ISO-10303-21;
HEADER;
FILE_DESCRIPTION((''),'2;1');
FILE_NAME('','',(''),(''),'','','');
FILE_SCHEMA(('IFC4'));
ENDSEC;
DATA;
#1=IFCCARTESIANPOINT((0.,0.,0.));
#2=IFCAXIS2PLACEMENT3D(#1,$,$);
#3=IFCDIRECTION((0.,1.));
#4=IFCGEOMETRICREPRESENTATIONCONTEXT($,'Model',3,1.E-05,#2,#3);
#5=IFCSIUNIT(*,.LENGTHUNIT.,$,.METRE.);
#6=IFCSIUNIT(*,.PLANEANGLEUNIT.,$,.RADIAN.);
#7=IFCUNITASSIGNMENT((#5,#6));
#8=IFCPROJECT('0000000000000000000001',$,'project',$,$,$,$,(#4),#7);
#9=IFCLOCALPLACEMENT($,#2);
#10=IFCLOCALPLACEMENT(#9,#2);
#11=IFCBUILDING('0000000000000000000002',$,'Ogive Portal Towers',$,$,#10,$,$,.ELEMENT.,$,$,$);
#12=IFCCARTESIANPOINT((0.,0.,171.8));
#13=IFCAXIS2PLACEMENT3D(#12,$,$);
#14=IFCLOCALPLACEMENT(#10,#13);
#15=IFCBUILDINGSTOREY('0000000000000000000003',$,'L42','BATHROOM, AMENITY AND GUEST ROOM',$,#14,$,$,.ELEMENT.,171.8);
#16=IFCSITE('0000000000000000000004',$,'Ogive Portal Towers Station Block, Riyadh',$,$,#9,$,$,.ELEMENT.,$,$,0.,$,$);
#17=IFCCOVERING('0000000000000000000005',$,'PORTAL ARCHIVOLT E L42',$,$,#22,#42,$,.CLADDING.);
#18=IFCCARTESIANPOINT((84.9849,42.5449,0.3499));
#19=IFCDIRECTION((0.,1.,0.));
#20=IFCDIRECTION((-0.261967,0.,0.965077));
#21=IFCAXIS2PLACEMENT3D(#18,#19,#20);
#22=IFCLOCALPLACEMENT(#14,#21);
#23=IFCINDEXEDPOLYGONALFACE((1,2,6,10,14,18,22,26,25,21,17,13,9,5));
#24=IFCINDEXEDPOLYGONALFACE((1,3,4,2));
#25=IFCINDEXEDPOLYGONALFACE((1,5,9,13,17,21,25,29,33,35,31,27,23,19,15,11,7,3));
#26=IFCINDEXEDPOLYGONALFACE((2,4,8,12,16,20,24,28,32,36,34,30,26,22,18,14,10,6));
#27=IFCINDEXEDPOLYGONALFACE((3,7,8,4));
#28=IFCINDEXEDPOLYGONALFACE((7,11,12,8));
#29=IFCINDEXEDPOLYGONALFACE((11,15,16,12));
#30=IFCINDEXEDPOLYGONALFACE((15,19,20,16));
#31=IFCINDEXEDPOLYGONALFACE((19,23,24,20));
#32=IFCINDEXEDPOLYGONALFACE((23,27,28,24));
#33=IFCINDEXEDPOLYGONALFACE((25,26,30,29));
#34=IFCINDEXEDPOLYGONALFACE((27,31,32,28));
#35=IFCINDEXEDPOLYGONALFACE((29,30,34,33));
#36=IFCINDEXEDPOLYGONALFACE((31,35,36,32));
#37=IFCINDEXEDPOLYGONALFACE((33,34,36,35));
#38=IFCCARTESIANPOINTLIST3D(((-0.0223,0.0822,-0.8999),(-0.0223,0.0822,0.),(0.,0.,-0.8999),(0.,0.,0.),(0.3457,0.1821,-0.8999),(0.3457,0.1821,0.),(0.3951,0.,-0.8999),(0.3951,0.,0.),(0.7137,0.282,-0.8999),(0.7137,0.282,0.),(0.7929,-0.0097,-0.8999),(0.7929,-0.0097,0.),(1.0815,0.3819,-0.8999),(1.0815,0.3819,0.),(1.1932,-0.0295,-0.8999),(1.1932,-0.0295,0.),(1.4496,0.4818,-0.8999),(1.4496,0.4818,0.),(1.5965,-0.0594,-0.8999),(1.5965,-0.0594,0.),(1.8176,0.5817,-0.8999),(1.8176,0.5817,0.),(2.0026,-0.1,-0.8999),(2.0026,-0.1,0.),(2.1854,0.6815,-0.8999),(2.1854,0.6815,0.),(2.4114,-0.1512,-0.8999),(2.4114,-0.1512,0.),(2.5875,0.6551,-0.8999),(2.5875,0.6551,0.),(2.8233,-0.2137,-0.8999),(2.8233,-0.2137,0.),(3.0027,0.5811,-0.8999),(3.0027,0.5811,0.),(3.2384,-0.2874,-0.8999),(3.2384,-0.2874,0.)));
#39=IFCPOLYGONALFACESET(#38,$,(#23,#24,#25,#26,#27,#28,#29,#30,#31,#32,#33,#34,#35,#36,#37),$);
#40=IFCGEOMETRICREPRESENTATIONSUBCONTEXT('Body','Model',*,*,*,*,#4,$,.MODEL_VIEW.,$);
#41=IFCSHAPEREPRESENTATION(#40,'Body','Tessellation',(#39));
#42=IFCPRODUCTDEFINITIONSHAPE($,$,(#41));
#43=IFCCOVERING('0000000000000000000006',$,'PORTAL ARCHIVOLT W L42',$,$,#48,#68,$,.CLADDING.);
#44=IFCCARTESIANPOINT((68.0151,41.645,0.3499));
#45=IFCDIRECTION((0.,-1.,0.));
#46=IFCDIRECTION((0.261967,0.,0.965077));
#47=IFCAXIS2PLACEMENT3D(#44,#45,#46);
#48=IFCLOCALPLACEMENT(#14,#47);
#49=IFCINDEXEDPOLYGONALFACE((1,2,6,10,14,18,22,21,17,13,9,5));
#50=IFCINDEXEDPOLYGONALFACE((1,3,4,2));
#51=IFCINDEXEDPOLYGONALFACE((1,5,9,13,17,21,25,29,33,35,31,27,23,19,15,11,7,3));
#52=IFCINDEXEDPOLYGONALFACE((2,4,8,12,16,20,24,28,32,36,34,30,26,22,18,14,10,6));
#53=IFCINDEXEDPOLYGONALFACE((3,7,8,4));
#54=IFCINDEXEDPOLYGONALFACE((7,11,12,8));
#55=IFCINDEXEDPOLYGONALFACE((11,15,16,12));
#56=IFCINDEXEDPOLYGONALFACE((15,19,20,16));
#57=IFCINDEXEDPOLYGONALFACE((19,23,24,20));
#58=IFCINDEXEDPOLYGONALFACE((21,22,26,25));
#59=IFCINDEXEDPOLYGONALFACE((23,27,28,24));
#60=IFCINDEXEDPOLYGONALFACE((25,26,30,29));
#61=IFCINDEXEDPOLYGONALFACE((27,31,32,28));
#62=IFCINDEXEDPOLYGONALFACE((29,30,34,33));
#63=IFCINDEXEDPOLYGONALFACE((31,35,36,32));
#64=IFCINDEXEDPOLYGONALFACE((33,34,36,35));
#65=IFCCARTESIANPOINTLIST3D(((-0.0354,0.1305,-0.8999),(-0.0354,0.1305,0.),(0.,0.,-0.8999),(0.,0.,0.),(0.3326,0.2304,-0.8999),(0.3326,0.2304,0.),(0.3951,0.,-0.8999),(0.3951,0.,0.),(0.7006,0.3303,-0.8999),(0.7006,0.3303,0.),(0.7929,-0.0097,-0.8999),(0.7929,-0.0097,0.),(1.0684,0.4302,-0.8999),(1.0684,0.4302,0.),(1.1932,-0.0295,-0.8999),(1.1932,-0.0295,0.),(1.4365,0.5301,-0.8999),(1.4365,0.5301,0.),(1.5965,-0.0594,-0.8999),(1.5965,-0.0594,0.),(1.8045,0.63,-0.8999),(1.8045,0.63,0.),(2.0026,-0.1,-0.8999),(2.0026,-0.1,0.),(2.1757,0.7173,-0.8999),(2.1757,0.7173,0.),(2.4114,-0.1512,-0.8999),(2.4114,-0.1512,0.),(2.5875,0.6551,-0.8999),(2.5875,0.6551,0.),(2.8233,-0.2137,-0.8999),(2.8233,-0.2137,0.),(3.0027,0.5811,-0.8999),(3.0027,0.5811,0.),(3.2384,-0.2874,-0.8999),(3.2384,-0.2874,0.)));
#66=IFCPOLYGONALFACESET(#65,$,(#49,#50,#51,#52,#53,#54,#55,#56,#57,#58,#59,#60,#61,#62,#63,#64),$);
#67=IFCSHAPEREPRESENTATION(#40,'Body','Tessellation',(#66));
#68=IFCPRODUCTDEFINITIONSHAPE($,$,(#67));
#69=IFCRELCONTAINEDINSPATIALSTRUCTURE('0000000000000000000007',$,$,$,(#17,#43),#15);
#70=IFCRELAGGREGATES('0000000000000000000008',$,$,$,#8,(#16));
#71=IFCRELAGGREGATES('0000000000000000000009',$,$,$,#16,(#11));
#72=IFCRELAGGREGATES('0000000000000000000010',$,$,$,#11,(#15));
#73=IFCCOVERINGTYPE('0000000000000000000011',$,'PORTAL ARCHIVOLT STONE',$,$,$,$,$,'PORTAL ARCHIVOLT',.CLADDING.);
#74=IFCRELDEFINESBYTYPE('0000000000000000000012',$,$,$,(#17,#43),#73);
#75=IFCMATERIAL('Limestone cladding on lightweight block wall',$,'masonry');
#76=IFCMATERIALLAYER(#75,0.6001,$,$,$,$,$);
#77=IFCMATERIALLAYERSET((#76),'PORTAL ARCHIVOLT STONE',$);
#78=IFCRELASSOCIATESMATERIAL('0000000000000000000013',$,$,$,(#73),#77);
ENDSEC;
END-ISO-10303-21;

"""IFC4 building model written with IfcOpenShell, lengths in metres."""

from ifc_helpers import new_model, si_unit, direction, frame, origin, place, context, subcontext, project, spatial, polyline, outline, extrude, material, layer, layer_set, type_object, element, save


model = new_model("IFC4")

# Units and contexts
model_context = context("Model", 3, precision=1e-05, world=origin(), true_north=direction((0.0, 1.0)))
body_context = subcontext(model_context, "Body", "Model", "MODEL_VIEW")
ifc_project = project(units=[si_unit("LENGTHUNIT", "METRE"), si_unit("PLANEANGLEUNIT", "RADIAN")], contexts=[model_context])

# Site, building, storey
site_placement = place(None, origin())
site = spatial("IfcSite", under=ifc_project, at=site_placement, Name="Ogive Portal Towers Station Block, Riyadh", CompositionType="ELEMENT", RefElevation=0.0)
building_placement = place(site_placement, origin())
building = spatial("IfcBuilding", under=site, at=building_placement, Name="Ogive Portal Towers", CompositionType="ELEMENT")
storey_placement = place(building_placement, frame((0.0, 0.0, 171.8)))
storey = spatial("IfcBuildingStorey", under=building, at=storey_placement, Name="L42", Description="BATHROOM, AMENITY AND GUEST ROOM", CompositionType="ELEMENT", Elevation=171.8)

# Shared definitions
ifc_material_1 = material(Name="Limestone cladding on lightweight block wall", Category="masonry")

# Coverings
ifc_layer_1 = layer(ifc_material_1, 0.6001)
ifc_layer_set_1 = layer_set([ifc_layer_1], Name="PORTAL ARCHIVOLT STONE")
covering_type_1 = type_object("IfcCoveringType", Name="PORTAL ARCHIVOLT STONE", ElementType="PORTAL ARCHIVOLT", PredefinedType="CLADDING", material=ifc_layer_set_1)
covering_1_placement = place(storey_placement, frame((84.9849, 42.5449, 0.3499), z_axis=(0.0, 1.0, 0.0), x_axis=(-0.261967, 0.0, 0.965077)))
element("IfcCovering", 1, at=covering_1_placement, inside=storey, type_object=covering_type_1, Name="PORTAL ARCHIVOLT E L42", PredefinedType="CLADDING", context=body_context, shape_type="SweptSolid", body=[
    extrude(outline(polyline([(0.0, 0.0), (0.3951, 0.0), (0.7929, -0.0097), (1.1932, -0.0295), (1.5965, -0.0594), (2.0026, -0.1), (2.4114, -0.1512), (2.8233, -0.2137), (3.2384, -0.2874), (3.0027, 0.5811), (2.5875, 0.6551), (2.1854, 0.6815), (1.8176, 0.5817), (1.4496, 0.4818), (1.0815, 0.3819), (0.7137, 0.282), (0.3457, 0.1821), (-0.0223, 0.0822), (0.0, 0.0)])), origin(), (0.0, 0.0, -1.0), 0.8999),
])
covering_2_placement = place(storey_placement, frame((68.0151, 41.645, 0.3499), z_axis=(0.0, -1.0, 0.0), x_axis=(0.261967, 0.0, 0.965077)))
element("IfcCovering", 2, at=covering_2_placement, inside=storey, type_object=covering_type_1, Name="PORTAL ARCHIVOLT W L42", PredefinedType="CLADDING", context=body_context, shape_type="SweptSolid", body=[
    extrude(outline(polyline([(0.0, 0.0), (0.3951, 0.0), (0.7929, -0.0097), (1.1932, -0.0295), (1.5965, -0.0594), (2.0026, -0.1), (2.4114, -0.1512), (2.8233, -0.2137), (3.2384, -0.2874), (3.0027, 0.5811), (2.5875, 0.6551), (2.1757, 0.7173), (1.8045, 0.63), (1.4365, 0.5301), (1.0684, 0.4302), (0.7006, 0.3303), (0.3326, 0.2304), (-0.0354, 0.1305), (0.0, 0.0)])), origin(), (0.0, 0.0, -1.0), 0.8999),
])

save(model, "model.ifc")
